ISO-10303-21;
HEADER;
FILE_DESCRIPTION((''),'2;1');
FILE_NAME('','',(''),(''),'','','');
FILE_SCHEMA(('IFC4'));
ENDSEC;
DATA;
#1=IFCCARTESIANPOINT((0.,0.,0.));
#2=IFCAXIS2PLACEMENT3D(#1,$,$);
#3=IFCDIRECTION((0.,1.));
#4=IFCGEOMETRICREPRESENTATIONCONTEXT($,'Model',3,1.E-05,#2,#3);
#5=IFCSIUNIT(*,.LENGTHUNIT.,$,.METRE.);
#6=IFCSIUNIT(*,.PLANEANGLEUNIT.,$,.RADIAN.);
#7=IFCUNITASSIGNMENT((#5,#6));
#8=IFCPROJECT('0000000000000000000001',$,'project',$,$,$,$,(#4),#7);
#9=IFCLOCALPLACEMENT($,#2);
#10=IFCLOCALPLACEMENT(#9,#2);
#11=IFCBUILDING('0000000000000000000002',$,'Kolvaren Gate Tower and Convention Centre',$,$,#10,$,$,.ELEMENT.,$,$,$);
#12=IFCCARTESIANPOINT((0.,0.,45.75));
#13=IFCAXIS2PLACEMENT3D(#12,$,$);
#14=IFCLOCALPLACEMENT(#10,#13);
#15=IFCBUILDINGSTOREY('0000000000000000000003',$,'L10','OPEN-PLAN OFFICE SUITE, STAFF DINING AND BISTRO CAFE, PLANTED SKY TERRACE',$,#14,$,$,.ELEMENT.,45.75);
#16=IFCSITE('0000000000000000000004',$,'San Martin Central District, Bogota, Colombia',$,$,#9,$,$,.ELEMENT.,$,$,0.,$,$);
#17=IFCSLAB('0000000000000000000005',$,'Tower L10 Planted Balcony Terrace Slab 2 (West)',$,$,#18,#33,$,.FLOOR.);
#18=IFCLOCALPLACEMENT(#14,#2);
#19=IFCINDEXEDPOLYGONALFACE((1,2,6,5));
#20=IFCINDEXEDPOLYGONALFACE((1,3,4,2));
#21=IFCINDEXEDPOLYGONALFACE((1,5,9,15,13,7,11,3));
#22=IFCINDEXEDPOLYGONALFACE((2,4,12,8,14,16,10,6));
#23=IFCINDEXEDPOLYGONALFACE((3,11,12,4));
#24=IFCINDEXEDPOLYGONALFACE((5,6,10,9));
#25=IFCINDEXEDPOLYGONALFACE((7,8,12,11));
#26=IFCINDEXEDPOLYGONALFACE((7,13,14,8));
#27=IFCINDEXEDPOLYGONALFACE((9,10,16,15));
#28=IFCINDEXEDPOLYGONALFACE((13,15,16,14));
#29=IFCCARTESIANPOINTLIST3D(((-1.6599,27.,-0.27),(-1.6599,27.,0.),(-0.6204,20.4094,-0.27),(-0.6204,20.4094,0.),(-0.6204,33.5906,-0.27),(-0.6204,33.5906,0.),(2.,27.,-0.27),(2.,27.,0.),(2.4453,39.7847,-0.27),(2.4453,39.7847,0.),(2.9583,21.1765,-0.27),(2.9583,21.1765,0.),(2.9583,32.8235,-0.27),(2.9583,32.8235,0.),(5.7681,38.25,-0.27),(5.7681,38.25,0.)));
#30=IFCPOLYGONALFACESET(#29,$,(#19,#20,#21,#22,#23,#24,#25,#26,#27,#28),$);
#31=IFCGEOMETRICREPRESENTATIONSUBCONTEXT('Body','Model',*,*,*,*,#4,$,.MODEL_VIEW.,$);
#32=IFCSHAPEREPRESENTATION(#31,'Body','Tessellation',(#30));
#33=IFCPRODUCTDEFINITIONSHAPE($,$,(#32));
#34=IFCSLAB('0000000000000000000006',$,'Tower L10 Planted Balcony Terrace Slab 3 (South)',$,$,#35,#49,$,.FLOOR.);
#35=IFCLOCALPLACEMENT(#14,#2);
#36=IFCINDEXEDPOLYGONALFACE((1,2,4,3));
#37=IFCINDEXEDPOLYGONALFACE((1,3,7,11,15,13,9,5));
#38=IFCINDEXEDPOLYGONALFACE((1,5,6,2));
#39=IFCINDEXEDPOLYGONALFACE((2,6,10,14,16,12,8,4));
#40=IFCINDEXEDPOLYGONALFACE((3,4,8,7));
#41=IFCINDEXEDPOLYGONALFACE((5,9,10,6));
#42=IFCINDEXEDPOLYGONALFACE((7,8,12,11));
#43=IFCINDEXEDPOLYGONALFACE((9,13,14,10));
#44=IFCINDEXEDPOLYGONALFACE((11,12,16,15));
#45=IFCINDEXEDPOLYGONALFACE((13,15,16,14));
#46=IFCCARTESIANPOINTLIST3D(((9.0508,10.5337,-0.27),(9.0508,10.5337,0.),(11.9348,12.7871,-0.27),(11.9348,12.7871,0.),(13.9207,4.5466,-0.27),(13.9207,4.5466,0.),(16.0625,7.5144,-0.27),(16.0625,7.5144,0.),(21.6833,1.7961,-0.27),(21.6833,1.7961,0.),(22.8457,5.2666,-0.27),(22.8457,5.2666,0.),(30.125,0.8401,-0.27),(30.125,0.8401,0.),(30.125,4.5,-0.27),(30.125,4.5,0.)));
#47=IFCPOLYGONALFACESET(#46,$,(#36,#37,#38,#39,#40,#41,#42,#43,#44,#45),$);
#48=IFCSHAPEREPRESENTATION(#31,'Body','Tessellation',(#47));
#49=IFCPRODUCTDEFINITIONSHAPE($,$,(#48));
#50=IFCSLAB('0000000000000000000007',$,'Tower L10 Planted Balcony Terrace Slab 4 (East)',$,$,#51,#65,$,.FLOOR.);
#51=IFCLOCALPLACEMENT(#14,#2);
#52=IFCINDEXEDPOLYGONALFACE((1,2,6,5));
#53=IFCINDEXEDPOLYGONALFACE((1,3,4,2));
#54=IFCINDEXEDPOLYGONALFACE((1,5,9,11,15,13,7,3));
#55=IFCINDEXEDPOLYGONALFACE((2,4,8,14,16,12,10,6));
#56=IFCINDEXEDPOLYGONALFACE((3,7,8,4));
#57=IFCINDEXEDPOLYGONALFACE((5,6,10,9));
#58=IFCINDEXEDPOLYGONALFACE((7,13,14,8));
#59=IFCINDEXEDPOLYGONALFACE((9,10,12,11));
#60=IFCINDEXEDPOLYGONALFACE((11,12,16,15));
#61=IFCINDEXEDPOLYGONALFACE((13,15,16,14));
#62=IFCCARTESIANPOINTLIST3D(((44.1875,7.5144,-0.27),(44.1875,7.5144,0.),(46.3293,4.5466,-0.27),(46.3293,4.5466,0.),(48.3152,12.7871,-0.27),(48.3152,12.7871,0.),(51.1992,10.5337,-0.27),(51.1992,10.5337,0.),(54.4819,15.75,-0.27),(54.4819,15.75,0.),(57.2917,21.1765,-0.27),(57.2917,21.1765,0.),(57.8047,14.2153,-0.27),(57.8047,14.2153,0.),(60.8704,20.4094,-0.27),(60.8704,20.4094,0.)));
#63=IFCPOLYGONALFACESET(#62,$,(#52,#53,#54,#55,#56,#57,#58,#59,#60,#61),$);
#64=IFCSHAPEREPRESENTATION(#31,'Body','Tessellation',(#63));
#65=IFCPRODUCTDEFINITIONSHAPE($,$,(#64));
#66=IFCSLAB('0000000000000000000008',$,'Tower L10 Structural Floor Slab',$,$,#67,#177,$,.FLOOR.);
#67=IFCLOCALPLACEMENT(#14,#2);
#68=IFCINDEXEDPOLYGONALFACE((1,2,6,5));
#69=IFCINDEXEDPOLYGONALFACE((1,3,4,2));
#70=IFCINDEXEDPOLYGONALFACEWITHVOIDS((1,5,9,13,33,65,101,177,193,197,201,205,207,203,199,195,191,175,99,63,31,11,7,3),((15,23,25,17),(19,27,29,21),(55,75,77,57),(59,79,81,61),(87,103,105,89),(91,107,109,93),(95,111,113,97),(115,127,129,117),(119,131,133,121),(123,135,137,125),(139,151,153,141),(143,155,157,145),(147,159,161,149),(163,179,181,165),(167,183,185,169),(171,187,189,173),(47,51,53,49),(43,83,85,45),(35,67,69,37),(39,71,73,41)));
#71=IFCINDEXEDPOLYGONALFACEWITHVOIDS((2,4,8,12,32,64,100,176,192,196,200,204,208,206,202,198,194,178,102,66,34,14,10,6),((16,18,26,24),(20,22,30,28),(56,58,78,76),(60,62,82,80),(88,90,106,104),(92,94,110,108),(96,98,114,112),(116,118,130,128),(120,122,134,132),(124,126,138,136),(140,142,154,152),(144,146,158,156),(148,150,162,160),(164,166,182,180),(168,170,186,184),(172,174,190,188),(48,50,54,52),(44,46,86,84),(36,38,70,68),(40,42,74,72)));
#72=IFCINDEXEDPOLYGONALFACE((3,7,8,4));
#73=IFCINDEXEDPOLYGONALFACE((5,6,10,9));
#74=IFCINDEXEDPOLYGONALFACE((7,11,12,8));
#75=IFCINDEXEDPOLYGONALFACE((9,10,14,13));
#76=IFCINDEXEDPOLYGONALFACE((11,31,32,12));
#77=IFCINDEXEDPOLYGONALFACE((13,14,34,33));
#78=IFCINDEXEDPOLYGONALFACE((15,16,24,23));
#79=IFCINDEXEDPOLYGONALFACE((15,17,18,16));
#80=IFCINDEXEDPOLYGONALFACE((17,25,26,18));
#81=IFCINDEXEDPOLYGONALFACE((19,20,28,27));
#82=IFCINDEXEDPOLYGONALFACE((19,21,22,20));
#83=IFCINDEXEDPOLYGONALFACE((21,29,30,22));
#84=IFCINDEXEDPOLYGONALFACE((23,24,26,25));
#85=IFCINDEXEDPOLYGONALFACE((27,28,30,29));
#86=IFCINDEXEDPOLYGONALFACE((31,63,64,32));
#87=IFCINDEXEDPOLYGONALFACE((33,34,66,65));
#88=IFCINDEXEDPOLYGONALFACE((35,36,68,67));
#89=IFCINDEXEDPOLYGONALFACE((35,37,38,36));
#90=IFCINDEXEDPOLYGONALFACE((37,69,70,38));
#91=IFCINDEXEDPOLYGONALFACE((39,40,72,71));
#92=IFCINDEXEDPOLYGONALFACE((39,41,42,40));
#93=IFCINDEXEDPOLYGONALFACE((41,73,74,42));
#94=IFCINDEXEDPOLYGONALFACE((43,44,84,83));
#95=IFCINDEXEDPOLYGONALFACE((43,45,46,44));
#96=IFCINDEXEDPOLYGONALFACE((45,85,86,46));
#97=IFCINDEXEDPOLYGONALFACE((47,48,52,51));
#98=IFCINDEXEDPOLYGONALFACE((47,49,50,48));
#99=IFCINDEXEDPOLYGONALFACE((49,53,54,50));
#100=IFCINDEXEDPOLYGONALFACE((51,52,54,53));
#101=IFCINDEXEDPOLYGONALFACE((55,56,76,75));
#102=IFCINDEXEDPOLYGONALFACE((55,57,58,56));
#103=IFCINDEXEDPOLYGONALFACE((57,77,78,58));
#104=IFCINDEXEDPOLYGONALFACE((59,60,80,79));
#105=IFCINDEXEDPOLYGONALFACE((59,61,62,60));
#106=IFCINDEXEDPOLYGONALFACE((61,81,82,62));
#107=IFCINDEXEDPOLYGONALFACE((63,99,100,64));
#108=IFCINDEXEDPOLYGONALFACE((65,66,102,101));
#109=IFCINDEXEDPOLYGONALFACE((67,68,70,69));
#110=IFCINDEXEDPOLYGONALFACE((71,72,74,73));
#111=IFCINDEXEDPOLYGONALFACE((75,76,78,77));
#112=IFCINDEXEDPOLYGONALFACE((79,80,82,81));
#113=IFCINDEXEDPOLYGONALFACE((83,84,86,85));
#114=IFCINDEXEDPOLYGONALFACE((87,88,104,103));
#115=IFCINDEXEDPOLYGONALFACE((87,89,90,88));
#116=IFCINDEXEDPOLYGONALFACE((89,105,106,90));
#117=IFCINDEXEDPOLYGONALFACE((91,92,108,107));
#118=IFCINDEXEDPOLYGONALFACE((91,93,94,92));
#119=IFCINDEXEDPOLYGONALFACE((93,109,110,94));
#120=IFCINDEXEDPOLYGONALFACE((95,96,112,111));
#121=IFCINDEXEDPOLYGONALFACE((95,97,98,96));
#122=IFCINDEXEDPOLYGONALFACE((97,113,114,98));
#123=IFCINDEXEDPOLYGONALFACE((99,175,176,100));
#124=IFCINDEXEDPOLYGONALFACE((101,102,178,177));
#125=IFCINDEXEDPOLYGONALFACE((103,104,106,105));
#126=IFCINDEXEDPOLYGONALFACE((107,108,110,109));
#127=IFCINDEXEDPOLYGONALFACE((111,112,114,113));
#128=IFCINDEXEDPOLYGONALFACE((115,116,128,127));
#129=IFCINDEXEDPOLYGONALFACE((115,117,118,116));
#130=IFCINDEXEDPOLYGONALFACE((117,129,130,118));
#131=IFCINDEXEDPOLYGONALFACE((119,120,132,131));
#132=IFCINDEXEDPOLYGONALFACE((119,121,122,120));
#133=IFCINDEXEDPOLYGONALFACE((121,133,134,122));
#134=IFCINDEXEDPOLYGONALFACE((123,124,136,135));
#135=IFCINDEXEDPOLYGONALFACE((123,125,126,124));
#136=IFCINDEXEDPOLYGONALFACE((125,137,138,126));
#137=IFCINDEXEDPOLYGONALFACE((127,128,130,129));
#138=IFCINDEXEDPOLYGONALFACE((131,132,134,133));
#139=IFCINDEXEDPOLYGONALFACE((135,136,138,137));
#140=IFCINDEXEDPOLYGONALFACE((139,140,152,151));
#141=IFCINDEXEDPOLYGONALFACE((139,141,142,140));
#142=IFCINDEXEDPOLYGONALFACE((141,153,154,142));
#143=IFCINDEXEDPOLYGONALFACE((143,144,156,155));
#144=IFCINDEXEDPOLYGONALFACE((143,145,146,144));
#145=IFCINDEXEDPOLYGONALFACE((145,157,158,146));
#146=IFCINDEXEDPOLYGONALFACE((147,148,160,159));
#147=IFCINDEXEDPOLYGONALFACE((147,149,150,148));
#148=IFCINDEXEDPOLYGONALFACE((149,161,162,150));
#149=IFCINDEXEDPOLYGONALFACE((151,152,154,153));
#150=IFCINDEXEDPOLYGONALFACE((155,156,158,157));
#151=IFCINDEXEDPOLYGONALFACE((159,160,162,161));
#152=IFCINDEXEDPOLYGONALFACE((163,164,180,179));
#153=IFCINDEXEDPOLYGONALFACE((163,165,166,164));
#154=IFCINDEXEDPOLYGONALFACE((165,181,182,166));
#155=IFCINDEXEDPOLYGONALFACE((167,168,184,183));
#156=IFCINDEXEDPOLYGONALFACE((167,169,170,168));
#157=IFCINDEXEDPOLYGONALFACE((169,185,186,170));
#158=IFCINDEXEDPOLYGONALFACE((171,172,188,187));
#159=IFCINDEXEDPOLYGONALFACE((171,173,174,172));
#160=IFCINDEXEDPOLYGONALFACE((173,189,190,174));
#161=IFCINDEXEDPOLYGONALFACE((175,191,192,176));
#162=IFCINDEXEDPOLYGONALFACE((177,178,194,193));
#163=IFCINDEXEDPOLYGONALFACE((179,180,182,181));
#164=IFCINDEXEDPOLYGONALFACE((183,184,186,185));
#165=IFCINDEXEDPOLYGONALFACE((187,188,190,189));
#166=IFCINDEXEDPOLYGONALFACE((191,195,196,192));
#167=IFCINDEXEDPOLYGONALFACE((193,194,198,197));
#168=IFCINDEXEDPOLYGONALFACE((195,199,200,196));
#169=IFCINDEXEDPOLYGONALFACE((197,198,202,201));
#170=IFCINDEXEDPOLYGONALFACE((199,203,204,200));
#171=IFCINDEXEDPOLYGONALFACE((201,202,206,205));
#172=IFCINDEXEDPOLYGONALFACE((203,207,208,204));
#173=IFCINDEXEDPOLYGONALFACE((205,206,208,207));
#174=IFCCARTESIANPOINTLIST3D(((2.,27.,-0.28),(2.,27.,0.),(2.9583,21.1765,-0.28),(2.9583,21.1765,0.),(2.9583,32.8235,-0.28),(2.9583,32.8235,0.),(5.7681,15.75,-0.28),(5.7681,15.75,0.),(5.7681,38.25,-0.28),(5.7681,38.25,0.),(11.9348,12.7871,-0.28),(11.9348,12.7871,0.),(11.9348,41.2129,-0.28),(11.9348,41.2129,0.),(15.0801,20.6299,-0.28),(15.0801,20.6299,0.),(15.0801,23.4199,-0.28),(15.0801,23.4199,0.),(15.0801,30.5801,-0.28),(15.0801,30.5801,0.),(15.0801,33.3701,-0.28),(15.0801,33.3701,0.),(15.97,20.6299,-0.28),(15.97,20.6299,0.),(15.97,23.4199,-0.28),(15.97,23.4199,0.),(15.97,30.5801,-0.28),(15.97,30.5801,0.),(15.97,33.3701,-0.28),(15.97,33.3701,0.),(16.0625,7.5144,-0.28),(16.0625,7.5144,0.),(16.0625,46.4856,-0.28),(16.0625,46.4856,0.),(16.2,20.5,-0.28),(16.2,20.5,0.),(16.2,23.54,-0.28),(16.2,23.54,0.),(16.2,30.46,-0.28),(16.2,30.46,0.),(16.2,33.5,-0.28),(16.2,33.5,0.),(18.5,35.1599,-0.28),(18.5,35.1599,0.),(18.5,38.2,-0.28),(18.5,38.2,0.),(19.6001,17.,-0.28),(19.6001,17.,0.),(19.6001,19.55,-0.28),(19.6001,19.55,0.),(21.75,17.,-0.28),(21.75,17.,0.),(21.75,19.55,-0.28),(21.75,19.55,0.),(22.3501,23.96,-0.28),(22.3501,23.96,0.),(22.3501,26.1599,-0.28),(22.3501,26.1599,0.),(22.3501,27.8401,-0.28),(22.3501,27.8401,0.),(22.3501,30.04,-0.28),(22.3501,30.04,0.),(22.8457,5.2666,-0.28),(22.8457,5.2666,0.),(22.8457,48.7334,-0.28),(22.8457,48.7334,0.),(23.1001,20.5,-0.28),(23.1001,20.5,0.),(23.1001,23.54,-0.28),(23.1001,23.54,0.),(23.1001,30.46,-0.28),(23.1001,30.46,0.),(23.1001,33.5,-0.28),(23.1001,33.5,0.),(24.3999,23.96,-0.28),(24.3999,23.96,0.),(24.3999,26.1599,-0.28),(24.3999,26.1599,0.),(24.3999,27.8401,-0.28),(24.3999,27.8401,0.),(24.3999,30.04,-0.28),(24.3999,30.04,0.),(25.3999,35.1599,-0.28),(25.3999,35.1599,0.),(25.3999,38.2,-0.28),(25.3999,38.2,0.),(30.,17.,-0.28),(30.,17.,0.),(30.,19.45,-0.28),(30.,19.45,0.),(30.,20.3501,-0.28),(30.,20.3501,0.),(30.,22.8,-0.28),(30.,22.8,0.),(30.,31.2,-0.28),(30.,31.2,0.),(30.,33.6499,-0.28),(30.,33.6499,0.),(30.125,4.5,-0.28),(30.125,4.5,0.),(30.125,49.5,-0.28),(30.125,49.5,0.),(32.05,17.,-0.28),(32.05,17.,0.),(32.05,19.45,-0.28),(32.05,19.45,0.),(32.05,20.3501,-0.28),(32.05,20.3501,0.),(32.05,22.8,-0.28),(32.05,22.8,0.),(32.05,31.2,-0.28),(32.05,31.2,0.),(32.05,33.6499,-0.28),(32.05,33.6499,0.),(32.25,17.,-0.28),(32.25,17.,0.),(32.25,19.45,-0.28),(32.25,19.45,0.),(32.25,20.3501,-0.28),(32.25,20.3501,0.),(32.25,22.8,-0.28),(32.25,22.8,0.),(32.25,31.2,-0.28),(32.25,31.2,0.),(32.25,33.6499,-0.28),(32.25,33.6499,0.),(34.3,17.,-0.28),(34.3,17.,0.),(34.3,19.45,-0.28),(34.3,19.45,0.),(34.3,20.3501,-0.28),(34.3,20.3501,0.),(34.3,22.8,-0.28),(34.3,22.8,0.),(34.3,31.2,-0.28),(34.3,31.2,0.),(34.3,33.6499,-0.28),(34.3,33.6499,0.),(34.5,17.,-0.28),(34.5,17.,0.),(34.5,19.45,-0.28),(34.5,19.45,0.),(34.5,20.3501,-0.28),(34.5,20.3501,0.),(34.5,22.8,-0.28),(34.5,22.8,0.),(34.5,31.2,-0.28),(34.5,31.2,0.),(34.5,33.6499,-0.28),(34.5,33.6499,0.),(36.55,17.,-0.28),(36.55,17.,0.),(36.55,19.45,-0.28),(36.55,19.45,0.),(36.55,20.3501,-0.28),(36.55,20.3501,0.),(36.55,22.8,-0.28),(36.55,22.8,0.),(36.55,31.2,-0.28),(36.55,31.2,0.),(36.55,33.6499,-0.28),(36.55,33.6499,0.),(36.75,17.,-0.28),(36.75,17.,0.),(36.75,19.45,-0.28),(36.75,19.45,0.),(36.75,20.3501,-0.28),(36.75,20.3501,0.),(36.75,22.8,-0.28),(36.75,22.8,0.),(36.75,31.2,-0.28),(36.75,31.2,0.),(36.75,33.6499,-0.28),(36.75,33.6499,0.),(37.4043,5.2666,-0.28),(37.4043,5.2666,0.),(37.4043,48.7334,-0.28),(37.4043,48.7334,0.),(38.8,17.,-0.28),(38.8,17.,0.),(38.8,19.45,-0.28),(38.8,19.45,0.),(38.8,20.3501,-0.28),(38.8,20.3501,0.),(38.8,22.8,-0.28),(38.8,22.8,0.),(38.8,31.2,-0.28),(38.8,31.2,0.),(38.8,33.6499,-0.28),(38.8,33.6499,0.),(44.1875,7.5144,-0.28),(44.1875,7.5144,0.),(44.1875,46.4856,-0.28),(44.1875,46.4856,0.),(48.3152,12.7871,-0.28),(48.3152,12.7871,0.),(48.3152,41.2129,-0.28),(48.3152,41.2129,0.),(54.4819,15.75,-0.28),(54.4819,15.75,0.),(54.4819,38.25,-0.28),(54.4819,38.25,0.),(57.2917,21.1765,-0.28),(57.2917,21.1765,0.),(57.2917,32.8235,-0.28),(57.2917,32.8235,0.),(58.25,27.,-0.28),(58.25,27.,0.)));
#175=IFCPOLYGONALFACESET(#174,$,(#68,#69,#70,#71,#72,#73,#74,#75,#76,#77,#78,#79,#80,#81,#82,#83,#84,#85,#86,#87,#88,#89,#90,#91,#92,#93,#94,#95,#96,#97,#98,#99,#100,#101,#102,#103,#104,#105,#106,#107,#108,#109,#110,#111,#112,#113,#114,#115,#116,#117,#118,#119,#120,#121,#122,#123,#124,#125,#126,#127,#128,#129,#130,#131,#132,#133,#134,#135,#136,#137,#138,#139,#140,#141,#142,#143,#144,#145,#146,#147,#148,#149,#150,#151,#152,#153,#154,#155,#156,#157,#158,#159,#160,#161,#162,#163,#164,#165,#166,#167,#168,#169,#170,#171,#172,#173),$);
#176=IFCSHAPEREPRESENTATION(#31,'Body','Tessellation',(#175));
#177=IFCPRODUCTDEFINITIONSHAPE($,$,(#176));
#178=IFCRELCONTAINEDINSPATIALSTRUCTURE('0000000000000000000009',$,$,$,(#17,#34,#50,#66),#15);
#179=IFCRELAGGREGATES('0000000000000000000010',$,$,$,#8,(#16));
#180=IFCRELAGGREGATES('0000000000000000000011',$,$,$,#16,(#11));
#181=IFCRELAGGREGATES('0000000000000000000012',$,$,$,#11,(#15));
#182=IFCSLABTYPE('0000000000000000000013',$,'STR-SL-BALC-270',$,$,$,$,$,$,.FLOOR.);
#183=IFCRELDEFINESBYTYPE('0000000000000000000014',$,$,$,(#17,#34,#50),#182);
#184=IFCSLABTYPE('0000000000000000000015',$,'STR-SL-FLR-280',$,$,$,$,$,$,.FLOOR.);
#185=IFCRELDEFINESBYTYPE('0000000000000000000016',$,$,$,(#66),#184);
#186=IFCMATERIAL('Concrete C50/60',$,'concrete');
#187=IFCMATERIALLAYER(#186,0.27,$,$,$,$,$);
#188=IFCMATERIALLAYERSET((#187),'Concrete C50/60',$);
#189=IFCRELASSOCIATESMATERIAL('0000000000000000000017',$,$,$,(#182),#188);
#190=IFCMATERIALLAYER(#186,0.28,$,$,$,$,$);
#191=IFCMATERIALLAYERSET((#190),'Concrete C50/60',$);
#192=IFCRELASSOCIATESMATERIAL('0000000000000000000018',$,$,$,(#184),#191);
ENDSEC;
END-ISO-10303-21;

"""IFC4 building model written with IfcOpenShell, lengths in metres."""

from ifc_helpers import new_model, si_unit, direction, frame, origin, place, context, subcontext, project, spatial, polyline, outline, extrude, material, layer, layer_set, type_object, element, save


model = new_model("IFC4")

# Units and contexts
model_context = context("Model", 3, precision=1e-05, world=origin(), true_north=direction((0.0, 1.0)))
body_context = subcontext(model_context, "Body", "Model", "MODEL_VIEW")
ifc_project = project(units=[si_unit("LENGTHUNIT", "METRE"), si_unit("PLANEANGLEUNIT", "RADIAN")], contexts=[model_context])

# Site, building, storey
site_placement = place(None, origin())
site = spatial("IfcSite", under=ifc_project, at=site_placement, Name="San Martin Central District, Bogota, Colombia", CompositionType="ELEMENT", RefElevation=0.0)
building_placement = place(site_placement, origin())
building = spatial("IfcBuilding", under=site, at=building_placement, Name="Kolvaren Gate Tower and Convention Centre", CompositionType="ELEMENT")
storey_placement = place(building_placement, frame((0.0, 0.0, 45.75)))
storey = spatial("IfcBuildingStorey", under=building, at=storey_placement, Name="L10", Description="OPEN-PLAN OFFICE SUITE, STAFF DINING AND BISTRO CAFE, PLANTED SKY TERRACE", CompositionType="ELEMENT", Elevation=45.75)

# Slabs
ifc_material_1 = material(Name="Concrete C50/60", Category="concrete")
ifc_layer_1 = layer(ifc_material_1, 0.27)
ifc_layer_set_1 = layer_set([ifc_layer_1], Name="Concrete C50/60")
slab_type_1 = type_object("IfcSlabType", Name="STR-SL-BALC-270", PredefinedType="FLOOR", material=ifc_layer_set_1)
slab_1_placement = place(storey_placement, frame((0.0, 0.0, -0.27)))
element("IfcSlab", 1, at=slab_1_placement, inside=storey, type_object=slab_type_1, Name="Tower L10 Planted Balcony Terrace Slab 2 (West)", PredefinedType="FLOOR", context=body_context, shape_type="SweptSolid", body=[
    extrude(outline(polyline([(5.7681, 38.25), (2.9583, 32.8235), (2.0, 27.0), (2.9583, 21.1765), (-0.6204, 20.4094), (-1.6599, 27.0), (-0.6204, 33.5906), (2.4453, 39.7847), (5.7681, 38.25)])), origin(), (0.0, 0.0, 1.0), 0.27),
])
slab_2_placement = place(storey_placement, frame((0.0, 0.0, -0.27)))
element("IfcSlab", 2, at=slab_2_placement, inside=storey, type_object=slab_type_1, Name="Tower L10 Planted Balcony Terrace Slab 3 (South)", PredefinedType="FLOOR", context=body_context, shape_type="SweptSolid", body=[
    extrude(outline(polyline([(11.9348, 12.7871), (16.0625, 7.5144), (22.8457, 5.2666), (30.125, 4.5), (30.125, 0.8401), (21.6833, 1.7961), (13.9207, 4.5466), (9.0508, 10.5337), (11.9348, 12.7871)])), origin(), (0.0, 0.0, 1.0), 0.27),
])
slab_3_placement = place(storey_placement, frame((0.0, 0.0, -0.27)))
element("IfcSlab", 3, at=slab_3_placement, inside=storey, type_object=slab_type_1, Name="Tower L10 Planted Balcony Terrace Slab 4 (East)", PredefinedType="FLOOR", context=body_context, shape_type="SweptSolid", body=[
    extrude(outline(polyline([(44.1875, 7.5144), (48.3152, 12.7871), (54.4819, 15.75), (57.2917, 21.1765), (60.8704, 20.4094), (57.8047, 14.2153), (51.1992, 10.5337), (46.3293, 4.5466), (44.1875, 7.5144)])), origin(), (0.0, 0.0, 1.0), 0.27),
])
ifc_layer_2 = layer(ifc_material_1, 0.28)
ifc_layer_set_2 = layer_set([ifc_layer_2], Name="Concrete C50/60")
slab_type_2 = type_object("IfcSlabType", Name="STR-SL-FLR-280", PredefinedType="FLOOR", material=ifc_layer_set_2)
slab_4_placement = place(storey_placement, frame((0.0, 0.0, -0.28)))
element("IfcSlab", 4, at=slab_4_placement, inside=storey, type_object=slab_type_2, Name="Tower L10 Structural Floor Slab", PredefinedType="FLOOR", context=body_context, shape_type="SweptSolid", body=[
    extrude(outline(polyline([(58.25, 27.0), (57.2917, 32.8235), (54.4819, 38.25), (48.3152, 41.2129), (44.1875, 46.4856), (37.4043, 48.7334), (30.125, 49.5), (22.8457, 48.7334), (16.0625, 46.4856), (11.9348, 41.2129), (5.7681, 38.25), (2.9583, 32.8235), (2.0, 27.0), (2.9583, 21.1765), (5.7681, 15.75), (11.9348, 12.7871), (16.0625, 7.5144), (22.8457, 5.2666), (30.125, 4.5), (37.4043, 5.2666), (44.1875, 7.5144), (48.3152, 12.7871), (54.4819, 15.75), (57.2917, 21.1765), (58.25, 27.0)]), holes=[polyline([(36.75, 33.6499), (38.8, 33.6499), (38.8, 31.2), (36.75, 31.2), (36.75, 33.6499)]), polyline([(36.75, 20.3501), (36.75, 22.8), (38.8, 22.8), (38.8, 20.3501), (36.75, 20.3501)]), polyline([(36.75, 17.0), (36.75, 19.45), (38.8, 19.45), (38.8, 17.0), (36.75, 17.0)]), polyline([(34.5, 33.6499), (36.55, 33.6499), (36.55, 31.2), (34.5, 31.2), (34.5, 33.6499)]), polyline([(34.5, 22.8), (36.55, 22.8), (36.55, 20.3501), (34.5, 20.3501), (34.5, 22.8)]), polyline([(34.5, 17.0), (34.5, 19.45), (36.55, 19.45), (36.55, 17.0), (34.5, 17.0)]), polyline([(32.25, 31.2), (32.25, 33.6499), (34.3, 33.6499), (34.3, 31.2), (32.25, 31.2)]), polyline([(32.25, 22.8), (34.3, 22.8), (34.3, 20.3501), (32.25, 20.3501), (32.25, 22.8)]), polyline([(32.25, 17.0), (32.25, 19.45), (34.3, 19.45), (34.3, 17.0), (32.25, 17.0)]), polyline([(30.0, 31.2), (30.0, 33.6499), (32.05, 33.6499), (32.05, 31.2), (30.0, 31.2)]), polyline([(30.0, 20.3501), (30.0, 22.8), (32.05, 22.8), (32.05, 20.3501), (30.0, 20.3501)]), polyline([(30.0, 17.0), (30.0, 19.45), (32.05, 19.45), (32.05, 17.0), (30.0, 17.0)]), polyline([(25.3999, 35.1599), (18.5, 35.1599), (18.5, 38.2), (25.3999, 38.2), (25.3999, 35.1599)]), polyline([(22.3501, 27.8401), (22.3501, 30.04), (24.3999, 30.04), (24.3999, 27.8401), (22.3501, 27.8401)]), polyline([(22.3501, 23.96), (22.3501, 26.1599), (24.3999, 26.1599), (24.3999, 23.96), (22.3501, 23.96)]), polyline([(23.1001, 30.46), (16.2, 30.46), (16.2, 33.5), (23.1001, 33.5), (23.1001, 30.46)]), polyline([(23.1001, 20.5), (16.2, 20.5), (16.2, 23.54), (23.1001, 23.54), (23.1001, 20.5)]), polyline([(19.6001, 17.0), (19.6001, 19.55), (21.75, 19.55), (21.75, 17.0), (19.6001, 17.0)]), polyline([(15.0801, 23.4199), (15.97, 23.4199), (15.97, 20.6299), (15.0801, 20.6299), (15.0801, 23.4199)]), polyline([(15.0801, 30.5801), (15.0801, 33.3701), (15.97, 33.3701), (15.97, 30.5801), (15.0801, 30.5801)])]), origin(), (0.0, 0.0, 1.0), 0.28),
])

save(model, "model.ifc")
